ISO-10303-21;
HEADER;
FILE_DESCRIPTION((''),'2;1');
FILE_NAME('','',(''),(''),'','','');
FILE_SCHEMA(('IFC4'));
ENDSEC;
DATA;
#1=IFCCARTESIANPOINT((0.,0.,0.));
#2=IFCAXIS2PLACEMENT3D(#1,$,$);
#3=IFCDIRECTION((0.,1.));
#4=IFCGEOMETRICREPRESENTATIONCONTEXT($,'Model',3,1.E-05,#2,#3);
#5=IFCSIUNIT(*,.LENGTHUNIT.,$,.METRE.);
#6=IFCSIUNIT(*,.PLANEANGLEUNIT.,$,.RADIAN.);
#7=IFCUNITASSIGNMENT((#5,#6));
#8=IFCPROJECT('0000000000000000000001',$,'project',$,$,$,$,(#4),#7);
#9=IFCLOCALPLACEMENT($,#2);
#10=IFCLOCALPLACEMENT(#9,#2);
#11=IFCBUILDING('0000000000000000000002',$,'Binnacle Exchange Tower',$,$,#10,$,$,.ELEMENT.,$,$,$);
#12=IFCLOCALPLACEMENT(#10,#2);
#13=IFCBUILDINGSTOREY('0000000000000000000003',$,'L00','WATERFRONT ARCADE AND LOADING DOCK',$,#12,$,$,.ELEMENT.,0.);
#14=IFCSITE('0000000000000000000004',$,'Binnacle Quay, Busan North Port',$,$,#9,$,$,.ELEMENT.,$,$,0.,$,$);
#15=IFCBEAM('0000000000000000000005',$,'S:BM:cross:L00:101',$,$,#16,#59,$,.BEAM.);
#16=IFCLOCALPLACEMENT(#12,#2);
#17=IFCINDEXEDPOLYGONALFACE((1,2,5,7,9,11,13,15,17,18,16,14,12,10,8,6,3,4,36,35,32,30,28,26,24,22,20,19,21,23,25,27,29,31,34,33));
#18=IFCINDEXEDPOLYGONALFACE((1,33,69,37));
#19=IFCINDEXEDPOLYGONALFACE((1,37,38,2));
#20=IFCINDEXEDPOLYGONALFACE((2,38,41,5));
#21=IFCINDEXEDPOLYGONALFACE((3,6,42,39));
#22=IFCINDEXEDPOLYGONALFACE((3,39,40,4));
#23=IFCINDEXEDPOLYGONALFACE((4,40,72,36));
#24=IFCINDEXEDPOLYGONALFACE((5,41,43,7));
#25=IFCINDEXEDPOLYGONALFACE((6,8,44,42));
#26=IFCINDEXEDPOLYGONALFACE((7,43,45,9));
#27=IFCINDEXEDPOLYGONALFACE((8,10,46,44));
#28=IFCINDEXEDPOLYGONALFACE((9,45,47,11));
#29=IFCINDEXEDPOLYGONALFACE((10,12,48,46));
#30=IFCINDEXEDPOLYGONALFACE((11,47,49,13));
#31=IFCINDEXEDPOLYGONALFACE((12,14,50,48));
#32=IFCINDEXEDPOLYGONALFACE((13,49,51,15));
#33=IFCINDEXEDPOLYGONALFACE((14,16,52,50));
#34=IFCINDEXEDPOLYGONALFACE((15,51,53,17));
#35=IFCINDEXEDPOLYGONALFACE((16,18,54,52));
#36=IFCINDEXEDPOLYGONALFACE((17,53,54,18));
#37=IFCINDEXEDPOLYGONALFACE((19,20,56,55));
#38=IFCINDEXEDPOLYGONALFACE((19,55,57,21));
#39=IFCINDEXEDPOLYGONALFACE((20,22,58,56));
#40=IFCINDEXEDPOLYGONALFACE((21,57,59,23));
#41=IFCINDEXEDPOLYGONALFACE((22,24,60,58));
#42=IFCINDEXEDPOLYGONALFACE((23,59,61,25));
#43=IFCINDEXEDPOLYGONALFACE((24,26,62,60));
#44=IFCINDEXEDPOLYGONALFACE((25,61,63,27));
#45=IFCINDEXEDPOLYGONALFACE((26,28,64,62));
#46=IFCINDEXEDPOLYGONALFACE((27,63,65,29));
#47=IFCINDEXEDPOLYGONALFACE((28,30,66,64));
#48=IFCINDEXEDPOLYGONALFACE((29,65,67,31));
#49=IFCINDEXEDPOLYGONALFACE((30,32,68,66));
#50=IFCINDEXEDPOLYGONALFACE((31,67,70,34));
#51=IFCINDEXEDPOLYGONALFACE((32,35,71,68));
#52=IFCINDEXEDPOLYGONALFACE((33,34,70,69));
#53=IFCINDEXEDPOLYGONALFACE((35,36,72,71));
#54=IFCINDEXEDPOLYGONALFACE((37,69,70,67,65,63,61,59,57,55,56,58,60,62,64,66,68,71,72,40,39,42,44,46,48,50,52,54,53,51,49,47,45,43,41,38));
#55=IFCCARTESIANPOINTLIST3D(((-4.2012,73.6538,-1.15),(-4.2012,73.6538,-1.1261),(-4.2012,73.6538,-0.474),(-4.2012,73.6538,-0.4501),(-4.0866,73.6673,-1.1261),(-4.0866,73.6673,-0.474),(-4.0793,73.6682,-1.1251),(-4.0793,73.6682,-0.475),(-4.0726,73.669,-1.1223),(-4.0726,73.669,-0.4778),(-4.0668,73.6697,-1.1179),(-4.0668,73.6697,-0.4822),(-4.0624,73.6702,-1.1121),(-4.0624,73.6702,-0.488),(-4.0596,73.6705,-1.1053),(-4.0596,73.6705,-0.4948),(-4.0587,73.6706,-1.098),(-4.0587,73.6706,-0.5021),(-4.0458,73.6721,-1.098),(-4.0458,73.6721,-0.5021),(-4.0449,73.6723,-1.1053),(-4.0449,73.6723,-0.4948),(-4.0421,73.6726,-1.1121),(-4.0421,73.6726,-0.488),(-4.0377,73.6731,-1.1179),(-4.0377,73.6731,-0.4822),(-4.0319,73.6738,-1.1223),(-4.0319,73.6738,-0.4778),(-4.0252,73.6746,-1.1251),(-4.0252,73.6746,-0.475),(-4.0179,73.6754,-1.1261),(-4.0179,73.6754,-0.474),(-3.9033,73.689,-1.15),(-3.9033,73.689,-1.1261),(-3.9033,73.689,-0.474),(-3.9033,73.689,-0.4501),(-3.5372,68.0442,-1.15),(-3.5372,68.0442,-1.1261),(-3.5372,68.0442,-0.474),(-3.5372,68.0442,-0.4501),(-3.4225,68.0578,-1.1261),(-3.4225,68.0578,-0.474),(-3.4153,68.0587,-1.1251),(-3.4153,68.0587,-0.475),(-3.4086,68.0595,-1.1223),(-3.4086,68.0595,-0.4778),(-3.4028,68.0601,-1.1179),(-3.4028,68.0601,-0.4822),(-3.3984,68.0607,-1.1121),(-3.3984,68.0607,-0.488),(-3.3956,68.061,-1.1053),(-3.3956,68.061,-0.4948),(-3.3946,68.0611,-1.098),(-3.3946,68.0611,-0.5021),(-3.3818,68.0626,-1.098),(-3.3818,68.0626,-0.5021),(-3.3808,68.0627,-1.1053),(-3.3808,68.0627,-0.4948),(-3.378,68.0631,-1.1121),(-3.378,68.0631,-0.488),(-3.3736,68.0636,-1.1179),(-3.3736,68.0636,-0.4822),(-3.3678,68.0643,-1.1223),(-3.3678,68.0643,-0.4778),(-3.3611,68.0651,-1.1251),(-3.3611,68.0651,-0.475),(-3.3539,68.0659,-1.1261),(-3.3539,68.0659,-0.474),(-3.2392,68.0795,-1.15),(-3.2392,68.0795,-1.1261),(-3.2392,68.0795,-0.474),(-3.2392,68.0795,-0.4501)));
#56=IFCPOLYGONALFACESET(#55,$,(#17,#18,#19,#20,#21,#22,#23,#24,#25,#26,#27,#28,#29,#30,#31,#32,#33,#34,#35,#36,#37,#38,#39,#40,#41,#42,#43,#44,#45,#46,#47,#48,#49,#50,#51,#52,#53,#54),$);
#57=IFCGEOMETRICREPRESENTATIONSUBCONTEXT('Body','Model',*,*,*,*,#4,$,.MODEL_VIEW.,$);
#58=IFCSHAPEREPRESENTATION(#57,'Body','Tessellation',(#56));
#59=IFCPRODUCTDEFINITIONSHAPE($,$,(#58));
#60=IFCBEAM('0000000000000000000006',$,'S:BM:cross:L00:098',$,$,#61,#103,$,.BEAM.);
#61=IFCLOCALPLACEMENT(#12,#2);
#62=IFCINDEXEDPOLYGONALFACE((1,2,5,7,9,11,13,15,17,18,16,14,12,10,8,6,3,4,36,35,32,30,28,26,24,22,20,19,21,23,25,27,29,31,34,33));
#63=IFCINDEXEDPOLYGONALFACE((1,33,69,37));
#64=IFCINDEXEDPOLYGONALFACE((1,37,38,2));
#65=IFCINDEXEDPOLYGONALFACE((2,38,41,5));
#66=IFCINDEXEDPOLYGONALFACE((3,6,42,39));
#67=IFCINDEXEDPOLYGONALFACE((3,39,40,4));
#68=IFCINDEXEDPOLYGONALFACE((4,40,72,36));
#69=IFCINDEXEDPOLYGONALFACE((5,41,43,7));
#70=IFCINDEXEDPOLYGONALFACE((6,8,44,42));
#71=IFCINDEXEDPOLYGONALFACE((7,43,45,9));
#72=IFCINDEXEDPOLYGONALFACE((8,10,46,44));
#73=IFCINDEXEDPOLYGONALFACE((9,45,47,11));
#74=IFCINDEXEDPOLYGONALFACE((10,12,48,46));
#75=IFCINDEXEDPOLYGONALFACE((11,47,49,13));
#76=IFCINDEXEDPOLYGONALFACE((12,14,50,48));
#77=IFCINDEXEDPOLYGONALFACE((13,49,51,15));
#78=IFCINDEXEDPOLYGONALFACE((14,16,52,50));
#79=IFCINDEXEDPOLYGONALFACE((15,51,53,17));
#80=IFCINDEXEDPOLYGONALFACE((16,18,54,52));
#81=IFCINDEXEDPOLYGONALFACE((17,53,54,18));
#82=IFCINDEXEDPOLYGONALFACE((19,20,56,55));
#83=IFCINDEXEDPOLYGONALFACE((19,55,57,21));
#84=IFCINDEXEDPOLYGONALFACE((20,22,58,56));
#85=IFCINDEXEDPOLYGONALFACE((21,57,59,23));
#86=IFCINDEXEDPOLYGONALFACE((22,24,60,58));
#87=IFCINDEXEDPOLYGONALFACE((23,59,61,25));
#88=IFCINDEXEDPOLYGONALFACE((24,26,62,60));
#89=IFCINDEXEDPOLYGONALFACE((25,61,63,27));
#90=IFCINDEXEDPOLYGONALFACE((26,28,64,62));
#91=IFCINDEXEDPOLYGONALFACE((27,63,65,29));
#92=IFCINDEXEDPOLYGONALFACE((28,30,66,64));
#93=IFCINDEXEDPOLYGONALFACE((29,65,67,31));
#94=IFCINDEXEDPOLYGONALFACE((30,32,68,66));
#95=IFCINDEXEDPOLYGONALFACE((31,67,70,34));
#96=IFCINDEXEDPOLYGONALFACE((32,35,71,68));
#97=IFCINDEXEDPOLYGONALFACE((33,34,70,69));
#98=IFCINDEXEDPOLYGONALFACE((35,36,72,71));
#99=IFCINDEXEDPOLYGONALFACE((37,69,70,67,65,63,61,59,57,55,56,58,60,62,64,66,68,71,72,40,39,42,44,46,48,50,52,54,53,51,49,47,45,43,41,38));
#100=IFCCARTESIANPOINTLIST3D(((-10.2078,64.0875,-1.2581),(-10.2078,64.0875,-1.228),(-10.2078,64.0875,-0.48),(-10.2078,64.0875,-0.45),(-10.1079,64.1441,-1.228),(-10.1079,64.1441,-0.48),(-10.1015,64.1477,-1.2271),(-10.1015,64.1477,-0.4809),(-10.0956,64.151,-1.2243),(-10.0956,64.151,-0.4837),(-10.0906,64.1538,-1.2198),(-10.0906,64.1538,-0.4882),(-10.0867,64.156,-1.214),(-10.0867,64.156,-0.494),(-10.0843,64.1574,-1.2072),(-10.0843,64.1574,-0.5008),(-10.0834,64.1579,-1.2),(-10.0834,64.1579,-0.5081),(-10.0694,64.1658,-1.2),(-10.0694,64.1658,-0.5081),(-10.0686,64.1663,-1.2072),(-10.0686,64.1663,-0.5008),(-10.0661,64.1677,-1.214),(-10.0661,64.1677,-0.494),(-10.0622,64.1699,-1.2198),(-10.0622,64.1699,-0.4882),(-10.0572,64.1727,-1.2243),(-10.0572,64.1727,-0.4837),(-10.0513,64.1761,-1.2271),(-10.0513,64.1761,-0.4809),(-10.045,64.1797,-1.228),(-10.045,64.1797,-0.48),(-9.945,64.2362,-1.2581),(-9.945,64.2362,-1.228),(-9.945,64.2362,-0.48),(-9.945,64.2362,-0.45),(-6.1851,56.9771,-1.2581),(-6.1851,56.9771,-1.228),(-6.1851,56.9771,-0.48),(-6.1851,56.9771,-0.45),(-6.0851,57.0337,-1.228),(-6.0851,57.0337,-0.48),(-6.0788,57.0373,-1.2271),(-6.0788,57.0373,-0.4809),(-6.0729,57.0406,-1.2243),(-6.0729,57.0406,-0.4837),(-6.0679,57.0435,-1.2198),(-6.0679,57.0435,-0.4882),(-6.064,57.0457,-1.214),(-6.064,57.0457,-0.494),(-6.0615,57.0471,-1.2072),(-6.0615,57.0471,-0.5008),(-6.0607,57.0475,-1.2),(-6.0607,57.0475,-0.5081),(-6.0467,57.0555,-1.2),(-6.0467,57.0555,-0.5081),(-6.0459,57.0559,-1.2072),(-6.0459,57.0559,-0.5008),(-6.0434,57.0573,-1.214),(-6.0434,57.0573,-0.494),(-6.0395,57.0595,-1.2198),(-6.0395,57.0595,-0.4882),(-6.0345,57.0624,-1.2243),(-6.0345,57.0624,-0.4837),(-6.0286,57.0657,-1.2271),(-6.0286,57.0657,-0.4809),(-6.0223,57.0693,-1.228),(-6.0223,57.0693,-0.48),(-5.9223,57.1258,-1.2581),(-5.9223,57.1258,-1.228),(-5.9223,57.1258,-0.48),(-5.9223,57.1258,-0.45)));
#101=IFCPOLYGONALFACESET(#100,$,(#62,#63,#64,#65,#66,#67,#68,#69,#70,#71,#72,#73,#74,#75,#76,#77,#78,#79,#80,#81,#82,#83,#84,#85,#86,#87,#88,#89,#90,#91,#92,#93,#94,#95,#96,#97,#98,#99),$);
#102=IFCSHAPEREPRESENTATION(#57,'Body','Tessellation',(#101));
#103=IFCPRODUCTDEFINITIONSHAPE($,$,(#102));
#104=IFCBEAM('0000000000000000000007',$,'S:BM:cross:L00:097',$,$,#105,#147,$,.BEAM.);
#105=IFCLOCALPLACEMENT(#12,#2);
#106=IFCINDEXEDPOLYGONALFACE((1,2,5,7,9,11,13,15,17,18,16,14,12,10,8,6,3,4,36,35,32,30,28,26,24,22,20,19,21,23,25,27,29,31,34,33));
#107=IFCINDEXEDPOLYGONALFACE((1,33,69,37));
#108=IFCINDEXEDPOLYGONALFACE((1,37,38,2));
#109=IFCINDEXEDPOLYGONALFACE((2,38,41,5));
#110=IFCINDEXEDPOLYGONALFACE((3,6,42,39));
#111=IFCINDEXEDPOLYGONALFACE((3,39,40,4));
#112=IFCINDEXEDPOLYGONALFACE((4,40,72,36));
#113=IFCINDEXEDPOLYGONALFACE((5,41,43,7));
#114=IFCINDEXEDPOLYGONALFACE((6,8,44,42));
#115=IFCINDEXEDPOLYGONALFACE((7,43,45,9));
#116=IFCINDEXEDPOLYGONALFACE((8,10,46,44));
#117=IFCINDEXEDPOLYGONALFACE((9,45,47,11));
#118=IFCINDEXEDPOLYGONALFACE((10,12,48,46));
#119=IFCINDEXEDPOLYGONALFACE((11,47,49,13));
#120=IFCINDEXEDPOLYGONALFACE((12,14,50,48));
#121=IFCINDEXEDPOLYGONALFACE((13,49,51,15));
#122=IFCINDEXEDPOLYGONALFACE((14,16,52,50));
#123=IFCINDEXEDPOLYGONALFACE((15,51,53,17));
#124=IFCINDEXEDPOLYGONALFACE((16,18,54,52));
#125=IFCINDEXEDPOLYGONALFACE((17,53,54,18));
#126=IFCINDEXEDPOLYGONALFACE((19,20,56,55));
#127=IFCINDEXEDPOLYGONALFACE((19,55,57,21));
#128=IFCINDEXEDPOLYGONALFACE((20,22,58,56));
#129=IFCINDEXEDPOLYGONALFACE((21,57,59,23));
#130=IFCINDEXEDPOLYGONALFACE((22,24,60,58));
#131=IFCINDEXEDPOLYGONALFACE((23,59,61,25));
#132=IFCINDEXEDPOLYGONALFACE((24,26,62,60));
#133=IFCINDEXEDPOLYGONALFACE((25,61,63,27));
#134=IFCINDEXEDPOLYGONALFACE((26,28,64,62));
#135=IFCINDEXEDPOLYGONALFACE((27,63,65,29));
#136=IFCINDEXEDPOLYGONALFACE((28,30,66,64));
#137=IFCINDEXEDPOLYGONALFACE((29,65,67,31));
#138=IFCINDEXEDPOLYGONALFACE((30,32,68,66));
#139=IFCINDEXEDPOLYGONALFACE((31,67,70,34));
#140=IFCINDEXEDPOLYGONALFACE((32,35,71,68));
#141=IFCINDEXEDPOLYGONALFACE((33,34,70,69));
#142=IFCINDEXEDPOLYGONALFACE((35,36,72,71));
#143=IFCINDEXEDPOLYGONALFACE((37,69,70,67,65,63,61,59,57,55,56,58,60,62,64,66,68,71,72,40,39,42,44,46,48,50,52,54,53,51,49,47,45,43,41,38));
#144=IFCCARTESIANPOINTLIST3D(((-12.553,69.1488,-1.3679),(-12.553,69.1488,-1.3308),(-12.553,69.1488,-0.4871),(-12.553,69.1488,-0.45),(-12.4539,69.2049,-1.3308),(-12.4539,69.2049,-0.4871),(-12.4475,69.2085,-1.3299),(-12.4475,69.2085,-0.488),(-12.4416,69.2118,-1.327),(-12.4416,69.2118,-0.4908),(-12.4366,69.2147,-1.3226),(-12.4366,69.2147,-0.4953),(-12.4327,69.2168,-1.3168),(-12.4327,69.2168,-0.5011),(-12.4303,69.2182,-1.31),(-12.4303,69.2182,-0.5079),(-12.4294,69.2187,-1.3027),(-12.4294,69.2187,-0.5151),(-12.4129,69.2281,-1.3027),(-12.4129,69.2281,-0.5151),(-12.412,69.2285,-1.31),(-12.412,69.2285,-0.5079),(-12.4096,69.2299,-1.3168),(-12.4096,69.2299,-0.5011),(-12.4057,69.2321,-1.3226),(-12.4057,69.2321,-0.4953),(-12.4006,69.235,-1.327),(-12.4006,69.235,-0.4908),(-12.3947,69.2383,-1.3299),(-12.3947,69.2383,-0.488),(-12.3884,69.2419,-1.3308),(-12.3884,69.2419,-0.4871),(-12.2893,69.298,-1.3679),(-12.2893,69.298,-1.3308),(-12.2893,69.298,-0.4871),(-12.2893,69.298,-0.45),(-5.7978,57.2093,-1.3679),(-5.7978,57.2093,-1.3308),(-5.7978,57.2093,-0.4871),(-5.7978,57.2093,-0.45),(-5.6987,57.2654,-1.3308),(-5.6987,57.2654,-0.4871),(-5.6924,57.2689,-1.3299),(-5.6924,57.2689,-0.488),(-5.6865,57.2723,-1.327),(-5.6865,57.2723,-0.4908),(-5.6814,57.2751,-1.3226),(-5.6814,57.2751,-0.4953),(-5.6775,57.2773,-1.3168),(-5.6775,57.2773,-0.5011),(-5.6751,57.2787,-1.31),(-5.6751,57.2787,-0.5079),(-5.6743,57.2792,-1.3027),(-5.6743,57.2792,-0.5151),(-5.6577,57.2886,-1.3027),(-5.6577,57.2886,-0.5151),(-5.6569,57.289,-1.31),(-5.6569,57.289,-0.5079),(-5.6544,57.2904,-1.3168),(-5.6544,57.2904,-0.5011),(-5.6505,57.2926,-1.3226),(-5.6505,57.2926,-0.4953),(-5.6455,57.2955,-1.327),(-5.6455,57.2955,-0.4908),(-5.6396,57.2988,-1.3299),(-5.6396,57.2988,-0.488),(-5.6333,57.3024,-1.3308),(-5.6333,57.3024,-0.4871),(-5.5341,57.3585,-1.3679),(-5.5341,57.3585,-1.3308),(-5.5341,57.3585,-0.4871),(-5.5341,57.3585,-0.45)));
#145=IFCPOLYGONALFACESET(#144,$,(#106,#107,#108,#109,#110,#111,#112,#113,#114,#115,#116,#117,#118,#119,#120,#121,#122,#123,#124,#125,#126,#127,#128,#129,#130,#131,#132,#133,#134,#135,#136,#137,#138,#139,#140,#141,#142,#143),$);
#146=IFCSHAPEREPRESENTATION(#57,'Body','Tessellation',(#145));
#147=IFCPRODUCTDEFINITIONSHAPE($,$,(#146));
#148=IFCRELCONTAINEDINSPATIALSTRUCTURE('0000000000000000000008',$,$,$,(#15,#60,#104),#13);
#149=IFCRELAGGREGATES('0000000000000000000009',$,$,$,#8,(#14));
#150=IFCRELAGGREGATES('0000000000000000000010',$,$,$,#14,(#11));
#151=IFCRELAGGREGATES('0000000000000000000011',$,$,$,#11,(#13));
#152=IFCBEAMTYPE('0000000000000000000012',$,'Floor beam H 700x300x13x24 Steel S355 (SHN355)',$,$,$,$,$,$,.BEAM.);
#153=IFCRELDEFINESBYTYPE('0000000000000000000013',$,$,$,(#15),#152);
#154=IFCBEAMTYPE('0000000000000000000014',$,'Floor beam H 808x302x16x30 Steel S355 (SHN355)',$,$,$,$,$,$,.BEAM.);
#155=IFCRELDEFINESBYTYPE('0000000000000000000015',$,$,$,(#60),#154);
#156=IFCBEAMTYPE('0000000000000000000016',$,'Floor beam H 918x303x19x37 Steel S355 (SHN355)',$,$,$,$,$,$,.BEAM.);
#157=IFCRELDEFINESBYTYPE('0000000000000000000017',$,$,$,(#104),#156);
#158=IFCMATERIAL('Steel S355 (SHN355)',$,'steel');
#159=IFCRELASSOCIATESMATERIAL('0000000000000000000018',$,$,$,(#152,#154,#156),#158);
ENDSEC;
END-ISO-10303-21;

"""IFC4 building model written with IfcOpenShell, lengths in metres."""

from ifc_helpers import new_model, si_unit, direction, frame, origin, origin_2d, place, context, subcontext, project, spatial, i_section, extrude, material, material_profile, profile_set, type_object, element, save


model = new_model("IFC4")

# Units and contexts
model_context = context("Model", 3, precision=1e-05, world=origin(), true_north=direction((0.0, 1.0)))
body_context = subcontext(model_context, "Body", "Model", "MODEL_VIEW")
ifc_project = project(units=[si_unit("LENGTHUNIT", "METRE"), si_unit("PLANEANGLEUNIT", "RADIAN")], contexts=[model_context])

# Site, building, storey
site_placement = place(None, origin())
site = spatial("IfcSite", under=ifc_project, at=site_placement, Name="Binnacle Quay, Busan North Port", CompositionType="ELEMENT", RefElevation=0.0)
building_placement = place(site_placement, origin())
building = spatial("IfcBuilding", under=site, at=building_placement, Name="Binnacle Exchange Tower", CompositionType="ELEMENT")
storey_placement = place(building_placement, origin())
storey = spatial("IfcBuildingStorey", under=building, at=storey_placement, Name="L00", Description="WATERFRONT ARCADE AND LOADING DOCK", CompositionType="ELEMENT", Elevation=0.0)

# Beams
ifc_material_1 = material(Name="Steel S355 (SHN355)", Category="steel")
ifc_material_profile_1 = material_profile(ifc_material_1, i_section(OverallWidth=0.3, OverallDepth=0.7, WebThickness=0.0129, FlangeThickness=0.0239, FilletRadius=0.0281, at=origin_2d()), Name="H 700x300x13x24")
ifc_profile_set_1 = profile_set([ifc_material_profile_1], Name="Steel S355 (SHN355)")
beam_type_1 = type_object("IfcBeamType", Name="Floor beam H 700x300x13x24 Steel S355 (SHN355)", PredefinedType="BEAM", material=ifc_profile_set_1)
beam_1_placement = place(storey_placement, frame((-4.0522, 73.6714, -0.8), z_axis=(0.117558, -0.993066, 0.0), x_axis=(0.993066, 0.117558, 0.0)))
element("IfcBeam", 1, at=beam_1_placement, inside=storey, type_object=beam_type_1, Name="S:BM:cross:L00:101", PredefinedType="BEAM", context=body_context, shape_type="SweptSolid", body=[
    extrude(i_section(OverallWidth=0.3, OverallDepth=0.7, WebThickness=0.0129, FlangeThickness=0.0239, FilletRadius=0.0281, at=origin_2d()), origin(), (0.0, 0.0, 1.0), 5.6487),
])
ifc_material_profile_2 = material_profile(ifc_material_1, i_section(OverallWidth=0.302, OverallDepth=0.8081, WebThickness=0.0161, FlangeThickness=0.03, FilletRadius=0.0281, at=origin_2d()), Name="H 808x302x16x30")
ifc_profile_set_2 = profile_set([ifc_material_profile_2], Name="Steel S355 (SHN355)")
beam_type_2 = type_object("IfcBeamType", Name="Floor beam H 808x302x16x30 Steel S355 (SHN355)", PredefinedType="BEAM", material=ifc_profile_set_2)
beam_2_placement = place(storey_placement, frame((-10.0764, 64.1619, -0.854), z_axis=(0.492411, -0.870363, 0.0), x_axis=(0.870363, 0.492411, 0.0)))
element("IfcBeam", 2, at=beam_2_placement, inside=storey, type_object=beam_type_2, Name="S:BM:cross:L00:098", PredefinedType="BEAM", context=body_context, shape_type="SweptSolid", body=[
    extrude(i_section(OverallWidth=0.302, OverallDepth=0.8081, WebThickness=0.0161, FlangeThickness=0.03, FilletRadius=0.0281, at=origin_2d()), origin(), (0.0, 0.0, 1.0), 8.1694),
])
ifc_material_profile_3 = material_profile(ifc_material_1, i_section(OverallWidth=0.303, OverallDepth=0.918, WebThickness=0.019, FlangeThickness=0.0371, FilletRadius=0.0281, at=origin_2d()), Name="H 918x303x19x37")
ifc_profile_set_3 = profile_set([ifc_material_profile_3], Name="Steel S355 (SHN355)")
beam_type_3 = type_object("IfcBeamType", Name="Floor beam H 918x303x19x37 Steel S355 (SHN355)", PredefinedType="BEAM", material=ifc_profile_set_3)
beam_3_placement = place(storey_placement, frame((-12.4211, 69.2234, -0.9089), z_axis=(0.49243, -0.870352, 0.0), x_axis=(0.870352, 0.49243, 0.0)))
element("IfcBeam", 3, at=beam_3_placement, inside=storey, type_object=beam_type_3, Name="S:BM:cross:L00:097", PredefinedType="BEAM", context=body_context, shape_type="SweptSolid", body=[
    extrude(i_section(OverallWidth=0.303, OverallDepth=0.918, WebThickness=0.019, FlangeThickness=0.0371, FilletRadius=0.0281, at=origin_2d()), origin(), (0.0, 0.0, 1.0), 13.718),
])

save(model, "model.ifc")
